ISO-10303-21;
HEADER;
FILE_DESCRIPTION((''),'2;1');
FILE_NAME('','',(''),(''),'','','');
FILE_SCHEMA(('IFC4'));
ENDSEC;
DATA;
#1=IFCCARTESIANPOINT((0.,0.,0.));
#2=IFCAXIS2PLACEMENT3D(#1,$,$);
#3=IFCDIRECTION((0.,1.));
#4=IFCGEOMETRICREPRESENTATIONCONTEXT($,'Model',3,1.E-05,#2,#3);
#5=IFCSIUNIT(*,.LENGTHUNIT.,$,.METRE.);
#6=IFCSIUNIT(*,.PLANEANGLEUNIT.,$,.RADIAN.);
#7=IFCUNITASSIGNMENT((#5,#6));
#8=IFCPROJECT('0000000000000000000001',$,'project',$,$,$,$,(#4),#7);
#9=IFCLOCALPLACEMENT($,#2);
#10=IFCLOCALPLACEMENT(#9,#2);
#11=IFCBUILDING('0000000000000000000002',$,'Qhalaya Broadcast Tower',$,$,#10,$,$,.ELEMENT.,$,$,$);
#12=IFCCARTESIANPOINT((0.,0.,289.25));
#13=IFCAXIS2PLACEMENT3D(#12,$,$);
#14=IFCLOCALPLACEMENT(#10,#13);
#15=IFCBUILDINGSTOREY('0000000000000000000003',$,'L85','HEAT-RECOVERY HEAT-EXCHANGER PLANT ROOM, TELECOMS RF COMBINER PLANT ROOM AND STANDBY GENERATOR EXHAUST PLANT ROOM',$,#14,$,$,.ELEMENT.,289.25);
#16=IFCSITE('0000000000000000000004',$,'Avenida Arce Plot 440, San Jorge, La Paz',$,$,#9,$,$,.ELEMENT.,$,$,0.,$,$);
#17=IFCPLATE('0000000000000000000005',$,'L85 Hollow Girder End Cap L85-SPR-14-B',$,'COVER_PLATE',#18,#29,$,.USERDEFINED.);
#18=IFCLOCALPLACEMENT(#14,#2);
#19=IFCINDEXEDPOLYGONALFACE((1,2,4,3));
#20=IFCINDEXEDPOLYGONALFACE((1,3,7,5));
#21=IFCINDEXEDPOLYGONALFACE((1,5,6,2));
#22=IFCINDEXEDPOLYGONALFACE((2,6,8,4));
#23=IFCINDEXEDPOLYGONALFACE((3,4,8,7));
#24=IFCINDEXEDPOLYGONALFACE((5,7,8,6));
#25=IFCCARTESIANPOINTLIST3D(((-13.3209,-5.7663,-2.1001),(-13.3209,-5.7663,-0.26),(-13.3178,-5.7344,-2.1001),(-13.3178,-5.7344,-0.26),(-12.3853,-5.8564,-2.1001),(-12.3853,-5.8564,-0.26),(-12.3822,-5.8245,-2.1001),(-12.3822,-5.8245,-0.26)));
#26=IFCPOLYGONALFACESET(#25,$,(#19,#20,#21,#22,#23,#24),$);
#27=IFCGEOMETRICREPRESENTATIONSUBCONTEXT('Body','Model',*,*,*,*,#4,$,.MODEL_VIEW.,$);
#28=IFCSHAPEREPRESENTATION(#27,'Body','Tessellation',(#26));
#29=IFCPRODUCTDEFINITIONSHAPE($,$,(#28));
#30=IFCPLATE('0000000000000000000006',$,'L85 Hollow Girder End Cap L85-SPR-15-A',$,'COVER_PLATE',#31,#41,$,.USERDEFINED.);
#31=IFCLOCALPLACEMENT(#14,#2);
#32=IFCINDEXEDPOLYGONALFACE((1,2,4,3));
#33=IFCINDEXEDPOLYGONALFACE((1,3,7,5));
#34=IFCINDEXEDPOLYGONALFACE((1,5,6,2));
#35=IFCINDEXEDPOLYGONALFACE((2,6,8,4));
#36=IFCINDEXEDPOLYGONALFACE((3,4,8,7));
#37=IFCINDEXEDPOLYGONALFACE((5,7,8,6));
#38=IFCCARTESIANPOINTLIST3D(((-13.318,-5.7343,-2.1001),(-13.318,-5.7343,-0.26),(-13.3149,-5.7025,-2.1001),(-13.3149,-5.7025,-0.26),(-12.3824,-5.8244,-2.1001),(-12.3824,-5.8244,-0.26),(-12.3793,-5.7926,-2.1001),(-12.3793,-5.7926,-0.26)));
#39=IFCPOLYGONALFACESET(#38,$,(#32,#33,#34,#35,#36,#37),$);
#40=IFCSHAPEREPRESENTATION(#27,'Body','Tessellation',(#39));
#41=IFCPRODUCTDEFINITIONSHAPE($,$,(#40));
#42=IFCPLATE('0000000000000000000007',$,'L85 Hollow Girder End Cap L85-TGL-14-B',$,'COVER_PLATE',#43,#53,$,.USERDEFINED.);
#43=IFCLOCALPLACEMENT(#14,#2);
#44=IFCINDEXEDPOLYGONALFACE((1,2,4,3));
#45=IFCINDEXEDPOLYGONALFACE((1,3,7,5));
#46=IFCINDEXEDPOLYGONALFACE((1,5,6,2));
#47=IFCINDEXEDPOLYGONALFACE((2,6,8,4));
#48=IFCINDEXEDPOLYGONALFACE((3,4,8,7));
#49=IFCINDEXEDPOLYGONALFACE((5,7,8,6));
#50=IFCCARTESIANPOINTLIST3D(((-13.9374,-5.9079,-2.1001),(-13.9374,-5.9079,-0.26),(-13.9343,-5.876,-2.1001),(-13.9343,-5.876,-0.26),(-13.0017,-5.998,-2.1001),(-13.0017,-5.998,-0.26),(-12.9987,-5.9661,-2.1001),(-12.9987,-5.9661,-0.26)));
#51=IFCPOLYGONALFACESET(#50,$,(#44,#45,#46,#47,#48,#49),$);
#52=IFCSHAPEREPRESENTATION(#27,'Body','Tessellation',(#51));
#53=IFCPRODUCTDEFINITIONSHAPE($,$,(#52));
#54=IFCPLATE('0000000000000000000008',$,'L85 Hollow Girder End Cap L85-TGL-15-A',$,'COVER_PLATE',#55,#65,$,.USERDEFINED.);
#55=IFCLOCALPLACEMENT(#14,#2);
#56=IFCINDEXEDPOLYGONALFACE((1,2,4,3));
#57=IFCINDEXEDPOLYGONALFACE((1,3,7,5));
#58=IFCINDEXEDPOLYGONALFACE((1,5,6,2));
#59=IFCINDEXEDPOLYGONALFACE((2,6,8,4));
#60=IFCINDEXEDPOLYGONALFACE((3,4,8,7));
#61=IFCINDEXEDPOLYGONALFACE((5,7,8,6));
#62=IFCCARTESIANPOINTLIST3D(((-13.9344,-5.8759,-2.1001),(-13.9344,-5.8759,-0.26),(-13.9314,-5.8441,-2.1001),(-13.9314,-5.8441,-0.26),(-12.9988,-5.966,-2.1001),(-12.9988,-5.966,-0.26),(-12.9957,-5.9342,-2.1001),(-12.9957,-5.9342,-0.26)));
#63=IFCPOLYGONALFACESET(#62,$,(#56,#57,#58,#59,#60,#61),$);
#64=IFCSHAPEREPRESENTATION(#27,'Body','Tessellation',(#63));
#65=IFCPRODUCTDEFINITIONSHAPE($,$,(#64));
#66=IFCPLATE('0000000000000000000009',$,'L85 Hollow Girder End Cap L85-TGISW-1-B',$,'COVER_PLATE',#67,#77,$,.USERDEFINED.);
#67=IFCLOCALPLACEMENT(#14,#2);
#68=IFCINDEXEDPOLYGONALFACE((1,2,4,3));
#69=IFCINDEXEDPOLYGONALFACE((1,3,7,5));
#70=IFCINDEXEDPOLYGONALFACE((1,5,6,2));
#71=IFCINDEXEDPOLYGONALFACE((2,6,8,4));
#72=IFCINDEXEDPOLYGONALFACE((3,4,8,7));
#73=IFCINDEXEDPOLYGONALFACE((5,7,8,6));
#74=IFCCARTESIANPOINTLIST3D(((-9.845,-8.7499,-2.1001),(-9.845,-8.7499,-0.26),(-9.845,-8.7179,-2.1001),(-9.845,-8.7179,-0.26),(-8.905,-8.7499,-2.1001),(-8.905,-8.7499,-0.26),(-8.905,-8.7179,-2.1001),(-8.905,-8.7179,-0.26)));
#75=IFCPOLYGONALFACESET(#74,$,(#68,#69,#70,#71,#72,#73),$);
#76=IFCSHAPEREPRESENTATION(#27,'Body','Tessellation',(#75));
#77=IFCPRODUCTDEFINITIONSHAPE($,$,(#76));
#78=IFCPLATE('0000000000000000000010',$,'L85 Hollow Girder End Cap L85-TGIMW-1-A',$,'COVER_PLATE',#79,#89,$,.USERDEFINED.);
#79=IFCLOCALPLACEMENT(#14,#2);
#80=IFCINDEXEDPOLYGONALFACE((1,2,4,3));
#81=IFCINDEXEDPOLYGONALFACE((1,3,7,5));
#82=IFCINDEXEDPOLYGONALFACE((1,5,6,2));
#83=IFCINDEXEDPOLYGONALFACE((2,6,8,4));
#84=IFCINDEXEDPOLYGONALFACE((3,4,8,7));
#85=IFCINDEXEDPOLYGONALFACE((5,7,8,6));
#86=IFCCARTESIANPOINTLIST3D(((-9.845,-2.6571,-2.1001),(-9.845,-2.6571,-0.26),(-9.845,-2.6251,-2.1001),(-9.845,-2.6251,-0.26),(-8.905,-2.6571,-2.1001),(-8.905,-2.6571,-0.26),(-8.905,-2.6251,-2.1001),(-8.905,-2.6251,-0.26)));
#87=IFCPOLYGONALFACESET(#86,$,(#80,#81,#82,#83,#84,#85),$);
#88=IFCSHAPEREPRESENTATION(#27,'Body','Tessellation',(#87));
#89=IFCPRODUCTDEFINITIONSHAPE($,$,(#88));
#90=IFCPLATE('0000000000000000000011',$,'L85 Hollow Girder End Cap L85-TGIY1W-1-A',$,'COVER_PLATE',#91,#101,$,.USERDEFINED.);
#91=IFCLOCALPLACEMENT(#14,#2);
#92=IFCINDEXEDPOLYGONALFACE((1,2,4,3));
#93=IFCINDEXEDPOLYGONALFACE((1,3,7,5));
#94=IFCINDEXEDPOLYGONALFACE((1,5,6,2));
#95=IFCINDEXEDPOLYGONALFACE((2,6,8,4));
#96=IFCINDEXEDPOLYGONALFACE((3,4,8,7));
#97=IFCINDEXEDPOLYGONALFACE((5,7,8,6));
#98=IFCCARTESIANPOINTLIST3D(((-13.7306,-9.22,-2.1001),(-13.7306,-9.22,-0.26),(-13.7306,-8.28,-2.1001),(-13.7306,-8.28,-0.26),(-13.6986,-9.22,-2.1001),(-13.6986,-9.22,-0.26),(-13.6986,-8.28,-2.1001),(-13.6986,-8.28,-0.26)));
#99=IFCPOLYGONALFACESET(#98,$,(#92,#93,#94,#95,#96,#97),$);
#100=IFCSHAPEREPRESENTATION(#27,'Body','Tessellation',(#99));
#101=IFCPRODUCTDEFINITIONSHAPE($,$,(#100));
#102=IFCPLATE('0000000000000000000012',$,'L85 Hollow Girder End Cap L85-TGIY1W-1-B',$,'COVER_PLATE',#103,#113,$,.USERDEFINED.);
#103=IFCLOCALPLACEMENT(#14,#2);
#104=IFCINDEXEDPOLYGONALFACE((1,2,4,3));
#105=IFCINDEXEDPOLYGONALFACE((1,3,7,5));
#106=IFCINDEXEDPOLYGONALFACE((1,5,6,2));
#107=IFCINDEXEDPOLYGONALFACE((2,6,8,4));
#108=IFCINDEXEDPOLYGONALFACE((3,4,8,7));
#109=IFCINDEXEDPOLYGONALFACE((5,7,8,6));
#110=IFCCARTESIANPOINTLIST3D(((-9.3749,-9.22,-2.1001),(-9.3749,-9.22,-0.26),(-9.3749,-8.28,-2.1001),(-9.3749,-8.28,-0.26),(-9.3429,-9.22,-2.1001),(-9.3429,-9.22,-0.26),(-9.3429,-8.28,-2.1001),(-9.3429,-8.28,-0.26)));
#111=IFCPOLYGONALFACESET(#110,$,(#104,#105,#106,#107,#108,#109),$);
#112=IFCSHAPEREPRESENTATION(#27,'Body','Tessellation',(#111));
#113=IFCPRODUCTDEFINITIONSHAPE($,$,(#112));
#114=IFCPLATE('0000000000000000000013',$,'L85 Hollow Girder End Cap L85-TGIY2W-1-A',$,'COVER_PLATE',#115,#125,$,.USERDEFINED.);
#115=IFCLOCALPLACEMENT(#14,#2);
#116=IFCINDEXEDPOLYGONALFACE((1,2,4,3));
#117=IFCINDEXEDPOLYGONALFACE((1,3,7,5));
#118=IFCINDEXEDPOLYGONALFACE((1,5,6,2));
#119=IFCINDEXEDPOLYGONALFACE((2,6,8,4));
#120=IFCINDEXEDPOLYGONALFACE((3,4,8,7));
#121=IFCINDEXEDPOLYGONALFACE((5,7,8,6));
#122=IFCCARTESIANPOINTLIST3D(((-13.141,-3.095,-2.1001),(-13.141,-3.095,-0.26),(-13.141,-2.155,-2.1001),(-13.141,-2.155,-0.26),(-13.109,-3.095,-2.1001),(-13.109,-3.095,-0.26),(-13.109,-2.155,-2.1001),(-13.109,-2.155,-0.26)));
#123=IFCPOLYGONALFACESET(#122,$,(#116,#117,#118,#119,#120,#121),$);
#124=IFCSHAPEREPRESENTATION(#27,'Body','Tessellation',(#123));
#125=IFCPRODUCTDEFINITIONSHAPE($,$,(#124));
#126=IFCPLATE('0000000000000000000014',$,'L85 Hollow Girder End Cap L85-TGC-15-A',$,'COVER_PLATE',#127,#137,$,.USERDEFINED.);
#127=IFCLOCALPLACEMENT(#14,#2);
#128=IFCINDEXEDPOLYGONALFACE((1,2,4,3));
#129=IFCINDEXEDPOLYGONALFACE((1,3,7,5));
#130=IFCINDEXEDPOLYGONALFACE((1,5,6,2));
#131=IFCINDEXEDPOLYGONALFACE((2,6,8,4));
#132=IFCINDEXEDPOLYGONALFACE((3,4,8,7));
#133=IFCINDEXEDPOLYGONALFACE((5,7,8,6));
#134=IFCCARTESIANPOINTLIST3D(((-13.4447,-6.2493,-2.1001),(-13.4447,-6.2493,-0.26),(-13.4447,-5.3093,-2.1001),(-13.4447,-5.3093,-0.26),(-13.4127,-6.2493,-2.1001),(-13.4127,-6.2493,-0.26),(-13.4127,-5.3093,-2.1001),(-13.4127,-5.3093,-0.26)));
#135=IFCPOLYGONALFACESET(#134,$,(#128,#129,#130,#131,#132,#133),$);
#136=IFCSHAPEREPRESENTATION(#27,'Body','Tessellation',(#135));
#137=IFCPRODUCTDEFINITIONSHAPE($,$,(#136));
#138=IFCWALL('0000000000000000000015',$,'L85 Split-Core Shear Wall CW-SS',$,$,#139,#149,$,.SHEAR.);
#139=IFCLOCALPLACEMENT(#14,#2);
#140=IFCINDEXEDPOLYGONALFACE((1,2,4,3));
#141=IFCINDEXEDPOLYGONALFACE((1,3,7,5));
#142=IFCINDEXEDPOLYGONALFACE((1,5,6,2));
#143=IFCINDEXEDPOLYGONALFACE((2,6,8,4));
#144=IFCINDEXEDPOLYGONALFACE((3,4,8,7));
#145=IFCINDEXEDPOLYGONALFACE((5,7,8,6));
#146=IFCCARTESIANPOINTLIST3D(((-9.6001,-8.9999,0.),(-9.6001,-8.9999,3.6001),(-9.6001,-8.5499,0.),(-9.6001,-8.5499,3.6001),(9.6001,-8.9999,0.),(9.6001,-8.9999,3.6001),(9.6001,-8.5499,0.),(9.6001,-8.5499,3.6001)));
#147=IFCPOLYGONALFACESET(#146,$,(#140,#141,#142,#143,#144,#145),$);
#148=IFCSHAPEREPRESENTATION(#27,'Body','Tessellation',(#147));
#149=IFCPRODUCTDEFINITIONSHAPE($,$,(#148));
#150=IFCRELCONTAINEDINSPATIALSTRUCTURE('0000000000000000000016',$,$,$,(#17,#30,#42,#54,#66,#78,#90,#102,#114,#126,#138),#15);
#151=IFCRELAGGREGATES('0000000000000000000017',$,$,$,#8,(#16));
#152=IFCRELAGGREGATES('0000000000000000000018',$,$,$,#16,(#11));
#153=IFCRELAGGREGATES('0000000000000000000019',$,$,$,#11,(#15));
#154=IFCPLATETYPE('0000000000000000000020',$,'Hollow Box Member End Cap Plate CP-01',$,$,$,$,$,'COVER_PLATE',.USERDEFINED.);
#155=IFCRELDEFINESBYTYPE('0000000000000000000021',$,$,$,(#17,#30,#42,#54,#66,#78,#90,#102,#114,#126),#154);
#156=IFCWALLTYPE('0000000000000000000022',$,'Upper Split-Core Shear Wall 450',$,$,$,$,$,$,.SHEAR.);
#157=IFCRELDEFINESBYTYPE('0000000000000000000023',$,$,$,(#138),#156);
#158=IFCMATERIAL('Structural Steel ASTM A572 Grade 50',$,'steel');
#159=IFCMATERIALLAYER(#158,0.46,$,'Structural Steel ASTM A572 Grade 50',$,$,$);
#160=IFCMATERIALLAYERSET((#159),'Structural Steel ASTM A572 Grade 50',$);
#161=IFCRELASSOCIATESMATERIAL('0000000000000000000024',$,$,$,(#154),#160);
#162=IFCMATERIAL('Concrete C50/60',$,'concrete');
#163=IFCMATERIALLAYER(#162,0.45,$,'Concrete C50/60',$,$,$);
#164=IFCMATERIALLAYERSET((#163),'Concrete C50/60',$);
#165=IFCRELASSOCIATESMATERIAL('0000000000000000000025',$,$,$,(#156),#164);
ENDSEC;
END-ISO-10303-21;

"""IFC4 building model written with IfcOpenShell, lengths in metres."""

from ifc_helpers import new_model, si_unit, direction, frame, frame_2d, origin, origin_2d, place, context, subcontext, project, spatial, rectangle, extrude, material, layer, layer_set, type_object, element, save


model = new_model("IFC4")

# Units and contexts
model_context = context("Model", 3, precision=1e-05, world=origin(), true_north=direction((0.0, 1.0)))
body_context = subcontext(model_context, "Body", "Model", "MODEL_VIEW")
ifc_project = project(units=[si_unit("LENGTHUNIT", "METRE"), si_unit("PLANEANGLEUNIT", "RADIAN")], contexts=[model_context])

# Site, building, storey
site_placement = place(None, origin())
site = spatial("IfcSite", under=ifc_project, at=site_placement, Name="Avenida Arce Plot 440, San Jorge, La Paz", CompositionType="ELEMENT", RefElevation=0.0)
building_placement = place(site_placement, origin())
building = spatial("IfcBuilding", under=site, at=building_placement, Name="Qhalaya Broadcast Tower", CompositionType="ELEMENT")
storey_placement = place(building_placement, frame((0.0, 0.0, 289.25)))
storey = spatial("IfcBuildingStorey", under=building, at=storey_placement, Name="L85", Description="HEAT-RECOVERY HEAT-EXCHANGER PLANT ROOM, TELECOMS RF COMBINER PLANT ROOM AND STANDBY GENERATOR EXHAUST PLANT ROOM", CompositionType="ELEMENT", Elevation=289.25)

# Shared definitions
ifc_material_1 = material(Name="Concrete C50/60", Category="concrete")

# Shared definitions
ifc_material_2 = material(Name="Structural Steel ASTM A572 Grade 50", Category="steel")

# Plates
ifc_layer_1 = layer(ifc_material_2, 0.46, Name="Structural Steel ASTM A572 Grade 50")
ifc_layer_set_1 = layer_set([ifc_layer_1], Name="Structural Steel ASTM A572 Grade 50")
plate_type = type_object("IfcPlateType", Name="Hollow Box Member End Cap Plate CP-01", ElementType="COVER_PLATE", PredefinedType="USERDEFINED", material=ifc_layer_set_1)
for number, where, z_axis, x_axis, name in (
    (1, (-12.8516, -5.7954, -2.1001), (0.0, 0.0, 1.0), (0.995396, -0.095846, 0.0), "L85 Hollow Girder End Cap L85-SPR-14-B"),
    (2, (-12.8486, -5.7634, -2.1001), (0.0, 0.0, 1.0), (0.995396, -0.095846, 0.0), "L85 Hollow Girder End Cap L85-SPR-15-A"),
    (3, (-13.468, -5.937, -2.1001), (0.0, 0.0, 1.0), (0.995396, -0.095846, 0.0), "L85 Hollow Girder End Cap L85-TGL-14-B"),
    (4, (-13.4651, -5.905, -2.1001), (0.0, 0.0, 1.0), (0.995396, -0.095846, 0.0), "L85 Hollow Girder End Cap L85-TGL-15-A"),
    (5, (-9.375, -8.7339, -2.1001), (0.0, 0.0, 1.0), (-1.0, 0.0, 0.0), "L85 Hollow Girder End Cap L85-TGISW-1-B"),
    (6, (-9.375, -2.6411, -2.1001), (0.0, 0.0, 1.0), (-1.0, 0.0, 0.0), "L85 Hollow Girder End Cap L85-TGIMW-1-A"),
    (7, (-13.7146, -8.75, -2.1001), (0.0, 0.0, 1.0), (0.0, 1.0, 0.0), "L85 Hollow Girder End Cap L85-TGIY1W-1-A"),
    (8, (-9.3589, -8.75, -2.1001), (0.0, 0.0, 1.0), (0.0, 1.0, 0.0), "L85 Hollow Girder End Cap L85-TGIY1W-1-B"),
    (9, (-13.125, -2.625, -2.1001), (0.0, 0.0, 1.0), (0.0, 1.0, 0.0), "L85 Hollow Girder End Cap L85-TGIY2W-1-A"),
    (10, (-13.4287, -5.7793, -2.1001), (0.0, 0.0, 1.0), (0.0, 1.0, 0.0), "L85 Hollow Girder End Cap L85-TGC-15-A"),
):
    element("IfcPlate", number, at=place(storey_placement, frame(where, z_axis=z_axis, x_axis=x_axis)), inside=storey, type_object=plate_type, Name=name, ObjectType="COVER_PLATE", PredefinedType="USERDEFINED", context=body_context, shape_type="SweptSolid", body=[
        extrude(rectangle(XDim=0.9399, YDim=0.032, at=origin_2d()), origin(), (0.0, 0.0, 1.0), 1.8401),
    ])

# Wall
ifc_layer_2 = layer(ifc_material_1, 0.45, Name="Concrete C50/60")
ifc_layer_set_2 = layer_set([ifc_layer_2], Name="Concrete C50/60")
wall_type = type_object("IfcWallType", Name="Upper Split-Core Shear Wall 450", PredefinedType="SHEAR", material=ifc_layer_set_2)
wall_1_placement = place(storey_placement, frame((-9.6001, -8.7749, 0.0), z_axis=(0.0, 0.0, 1.0), x_axis=(1.0, 0.0, 0.0)))
element("IfcWall", 11, at=wall_1_placement, inside=storey, type_object=wall_type, Name="L85 Split-Core Shear Wall CW-SS", PredefinedType="SHEAR", context=body_context, shape_type="SweptSolid", body=[
    extrude(rectangle(XDim=19.2002, YDim=0.45, at=frame_2d((9.6001, 0.0))), origin(), (0.0, 0.0, 1.0), 3.6001),
])

save(model, "model.ifc")
